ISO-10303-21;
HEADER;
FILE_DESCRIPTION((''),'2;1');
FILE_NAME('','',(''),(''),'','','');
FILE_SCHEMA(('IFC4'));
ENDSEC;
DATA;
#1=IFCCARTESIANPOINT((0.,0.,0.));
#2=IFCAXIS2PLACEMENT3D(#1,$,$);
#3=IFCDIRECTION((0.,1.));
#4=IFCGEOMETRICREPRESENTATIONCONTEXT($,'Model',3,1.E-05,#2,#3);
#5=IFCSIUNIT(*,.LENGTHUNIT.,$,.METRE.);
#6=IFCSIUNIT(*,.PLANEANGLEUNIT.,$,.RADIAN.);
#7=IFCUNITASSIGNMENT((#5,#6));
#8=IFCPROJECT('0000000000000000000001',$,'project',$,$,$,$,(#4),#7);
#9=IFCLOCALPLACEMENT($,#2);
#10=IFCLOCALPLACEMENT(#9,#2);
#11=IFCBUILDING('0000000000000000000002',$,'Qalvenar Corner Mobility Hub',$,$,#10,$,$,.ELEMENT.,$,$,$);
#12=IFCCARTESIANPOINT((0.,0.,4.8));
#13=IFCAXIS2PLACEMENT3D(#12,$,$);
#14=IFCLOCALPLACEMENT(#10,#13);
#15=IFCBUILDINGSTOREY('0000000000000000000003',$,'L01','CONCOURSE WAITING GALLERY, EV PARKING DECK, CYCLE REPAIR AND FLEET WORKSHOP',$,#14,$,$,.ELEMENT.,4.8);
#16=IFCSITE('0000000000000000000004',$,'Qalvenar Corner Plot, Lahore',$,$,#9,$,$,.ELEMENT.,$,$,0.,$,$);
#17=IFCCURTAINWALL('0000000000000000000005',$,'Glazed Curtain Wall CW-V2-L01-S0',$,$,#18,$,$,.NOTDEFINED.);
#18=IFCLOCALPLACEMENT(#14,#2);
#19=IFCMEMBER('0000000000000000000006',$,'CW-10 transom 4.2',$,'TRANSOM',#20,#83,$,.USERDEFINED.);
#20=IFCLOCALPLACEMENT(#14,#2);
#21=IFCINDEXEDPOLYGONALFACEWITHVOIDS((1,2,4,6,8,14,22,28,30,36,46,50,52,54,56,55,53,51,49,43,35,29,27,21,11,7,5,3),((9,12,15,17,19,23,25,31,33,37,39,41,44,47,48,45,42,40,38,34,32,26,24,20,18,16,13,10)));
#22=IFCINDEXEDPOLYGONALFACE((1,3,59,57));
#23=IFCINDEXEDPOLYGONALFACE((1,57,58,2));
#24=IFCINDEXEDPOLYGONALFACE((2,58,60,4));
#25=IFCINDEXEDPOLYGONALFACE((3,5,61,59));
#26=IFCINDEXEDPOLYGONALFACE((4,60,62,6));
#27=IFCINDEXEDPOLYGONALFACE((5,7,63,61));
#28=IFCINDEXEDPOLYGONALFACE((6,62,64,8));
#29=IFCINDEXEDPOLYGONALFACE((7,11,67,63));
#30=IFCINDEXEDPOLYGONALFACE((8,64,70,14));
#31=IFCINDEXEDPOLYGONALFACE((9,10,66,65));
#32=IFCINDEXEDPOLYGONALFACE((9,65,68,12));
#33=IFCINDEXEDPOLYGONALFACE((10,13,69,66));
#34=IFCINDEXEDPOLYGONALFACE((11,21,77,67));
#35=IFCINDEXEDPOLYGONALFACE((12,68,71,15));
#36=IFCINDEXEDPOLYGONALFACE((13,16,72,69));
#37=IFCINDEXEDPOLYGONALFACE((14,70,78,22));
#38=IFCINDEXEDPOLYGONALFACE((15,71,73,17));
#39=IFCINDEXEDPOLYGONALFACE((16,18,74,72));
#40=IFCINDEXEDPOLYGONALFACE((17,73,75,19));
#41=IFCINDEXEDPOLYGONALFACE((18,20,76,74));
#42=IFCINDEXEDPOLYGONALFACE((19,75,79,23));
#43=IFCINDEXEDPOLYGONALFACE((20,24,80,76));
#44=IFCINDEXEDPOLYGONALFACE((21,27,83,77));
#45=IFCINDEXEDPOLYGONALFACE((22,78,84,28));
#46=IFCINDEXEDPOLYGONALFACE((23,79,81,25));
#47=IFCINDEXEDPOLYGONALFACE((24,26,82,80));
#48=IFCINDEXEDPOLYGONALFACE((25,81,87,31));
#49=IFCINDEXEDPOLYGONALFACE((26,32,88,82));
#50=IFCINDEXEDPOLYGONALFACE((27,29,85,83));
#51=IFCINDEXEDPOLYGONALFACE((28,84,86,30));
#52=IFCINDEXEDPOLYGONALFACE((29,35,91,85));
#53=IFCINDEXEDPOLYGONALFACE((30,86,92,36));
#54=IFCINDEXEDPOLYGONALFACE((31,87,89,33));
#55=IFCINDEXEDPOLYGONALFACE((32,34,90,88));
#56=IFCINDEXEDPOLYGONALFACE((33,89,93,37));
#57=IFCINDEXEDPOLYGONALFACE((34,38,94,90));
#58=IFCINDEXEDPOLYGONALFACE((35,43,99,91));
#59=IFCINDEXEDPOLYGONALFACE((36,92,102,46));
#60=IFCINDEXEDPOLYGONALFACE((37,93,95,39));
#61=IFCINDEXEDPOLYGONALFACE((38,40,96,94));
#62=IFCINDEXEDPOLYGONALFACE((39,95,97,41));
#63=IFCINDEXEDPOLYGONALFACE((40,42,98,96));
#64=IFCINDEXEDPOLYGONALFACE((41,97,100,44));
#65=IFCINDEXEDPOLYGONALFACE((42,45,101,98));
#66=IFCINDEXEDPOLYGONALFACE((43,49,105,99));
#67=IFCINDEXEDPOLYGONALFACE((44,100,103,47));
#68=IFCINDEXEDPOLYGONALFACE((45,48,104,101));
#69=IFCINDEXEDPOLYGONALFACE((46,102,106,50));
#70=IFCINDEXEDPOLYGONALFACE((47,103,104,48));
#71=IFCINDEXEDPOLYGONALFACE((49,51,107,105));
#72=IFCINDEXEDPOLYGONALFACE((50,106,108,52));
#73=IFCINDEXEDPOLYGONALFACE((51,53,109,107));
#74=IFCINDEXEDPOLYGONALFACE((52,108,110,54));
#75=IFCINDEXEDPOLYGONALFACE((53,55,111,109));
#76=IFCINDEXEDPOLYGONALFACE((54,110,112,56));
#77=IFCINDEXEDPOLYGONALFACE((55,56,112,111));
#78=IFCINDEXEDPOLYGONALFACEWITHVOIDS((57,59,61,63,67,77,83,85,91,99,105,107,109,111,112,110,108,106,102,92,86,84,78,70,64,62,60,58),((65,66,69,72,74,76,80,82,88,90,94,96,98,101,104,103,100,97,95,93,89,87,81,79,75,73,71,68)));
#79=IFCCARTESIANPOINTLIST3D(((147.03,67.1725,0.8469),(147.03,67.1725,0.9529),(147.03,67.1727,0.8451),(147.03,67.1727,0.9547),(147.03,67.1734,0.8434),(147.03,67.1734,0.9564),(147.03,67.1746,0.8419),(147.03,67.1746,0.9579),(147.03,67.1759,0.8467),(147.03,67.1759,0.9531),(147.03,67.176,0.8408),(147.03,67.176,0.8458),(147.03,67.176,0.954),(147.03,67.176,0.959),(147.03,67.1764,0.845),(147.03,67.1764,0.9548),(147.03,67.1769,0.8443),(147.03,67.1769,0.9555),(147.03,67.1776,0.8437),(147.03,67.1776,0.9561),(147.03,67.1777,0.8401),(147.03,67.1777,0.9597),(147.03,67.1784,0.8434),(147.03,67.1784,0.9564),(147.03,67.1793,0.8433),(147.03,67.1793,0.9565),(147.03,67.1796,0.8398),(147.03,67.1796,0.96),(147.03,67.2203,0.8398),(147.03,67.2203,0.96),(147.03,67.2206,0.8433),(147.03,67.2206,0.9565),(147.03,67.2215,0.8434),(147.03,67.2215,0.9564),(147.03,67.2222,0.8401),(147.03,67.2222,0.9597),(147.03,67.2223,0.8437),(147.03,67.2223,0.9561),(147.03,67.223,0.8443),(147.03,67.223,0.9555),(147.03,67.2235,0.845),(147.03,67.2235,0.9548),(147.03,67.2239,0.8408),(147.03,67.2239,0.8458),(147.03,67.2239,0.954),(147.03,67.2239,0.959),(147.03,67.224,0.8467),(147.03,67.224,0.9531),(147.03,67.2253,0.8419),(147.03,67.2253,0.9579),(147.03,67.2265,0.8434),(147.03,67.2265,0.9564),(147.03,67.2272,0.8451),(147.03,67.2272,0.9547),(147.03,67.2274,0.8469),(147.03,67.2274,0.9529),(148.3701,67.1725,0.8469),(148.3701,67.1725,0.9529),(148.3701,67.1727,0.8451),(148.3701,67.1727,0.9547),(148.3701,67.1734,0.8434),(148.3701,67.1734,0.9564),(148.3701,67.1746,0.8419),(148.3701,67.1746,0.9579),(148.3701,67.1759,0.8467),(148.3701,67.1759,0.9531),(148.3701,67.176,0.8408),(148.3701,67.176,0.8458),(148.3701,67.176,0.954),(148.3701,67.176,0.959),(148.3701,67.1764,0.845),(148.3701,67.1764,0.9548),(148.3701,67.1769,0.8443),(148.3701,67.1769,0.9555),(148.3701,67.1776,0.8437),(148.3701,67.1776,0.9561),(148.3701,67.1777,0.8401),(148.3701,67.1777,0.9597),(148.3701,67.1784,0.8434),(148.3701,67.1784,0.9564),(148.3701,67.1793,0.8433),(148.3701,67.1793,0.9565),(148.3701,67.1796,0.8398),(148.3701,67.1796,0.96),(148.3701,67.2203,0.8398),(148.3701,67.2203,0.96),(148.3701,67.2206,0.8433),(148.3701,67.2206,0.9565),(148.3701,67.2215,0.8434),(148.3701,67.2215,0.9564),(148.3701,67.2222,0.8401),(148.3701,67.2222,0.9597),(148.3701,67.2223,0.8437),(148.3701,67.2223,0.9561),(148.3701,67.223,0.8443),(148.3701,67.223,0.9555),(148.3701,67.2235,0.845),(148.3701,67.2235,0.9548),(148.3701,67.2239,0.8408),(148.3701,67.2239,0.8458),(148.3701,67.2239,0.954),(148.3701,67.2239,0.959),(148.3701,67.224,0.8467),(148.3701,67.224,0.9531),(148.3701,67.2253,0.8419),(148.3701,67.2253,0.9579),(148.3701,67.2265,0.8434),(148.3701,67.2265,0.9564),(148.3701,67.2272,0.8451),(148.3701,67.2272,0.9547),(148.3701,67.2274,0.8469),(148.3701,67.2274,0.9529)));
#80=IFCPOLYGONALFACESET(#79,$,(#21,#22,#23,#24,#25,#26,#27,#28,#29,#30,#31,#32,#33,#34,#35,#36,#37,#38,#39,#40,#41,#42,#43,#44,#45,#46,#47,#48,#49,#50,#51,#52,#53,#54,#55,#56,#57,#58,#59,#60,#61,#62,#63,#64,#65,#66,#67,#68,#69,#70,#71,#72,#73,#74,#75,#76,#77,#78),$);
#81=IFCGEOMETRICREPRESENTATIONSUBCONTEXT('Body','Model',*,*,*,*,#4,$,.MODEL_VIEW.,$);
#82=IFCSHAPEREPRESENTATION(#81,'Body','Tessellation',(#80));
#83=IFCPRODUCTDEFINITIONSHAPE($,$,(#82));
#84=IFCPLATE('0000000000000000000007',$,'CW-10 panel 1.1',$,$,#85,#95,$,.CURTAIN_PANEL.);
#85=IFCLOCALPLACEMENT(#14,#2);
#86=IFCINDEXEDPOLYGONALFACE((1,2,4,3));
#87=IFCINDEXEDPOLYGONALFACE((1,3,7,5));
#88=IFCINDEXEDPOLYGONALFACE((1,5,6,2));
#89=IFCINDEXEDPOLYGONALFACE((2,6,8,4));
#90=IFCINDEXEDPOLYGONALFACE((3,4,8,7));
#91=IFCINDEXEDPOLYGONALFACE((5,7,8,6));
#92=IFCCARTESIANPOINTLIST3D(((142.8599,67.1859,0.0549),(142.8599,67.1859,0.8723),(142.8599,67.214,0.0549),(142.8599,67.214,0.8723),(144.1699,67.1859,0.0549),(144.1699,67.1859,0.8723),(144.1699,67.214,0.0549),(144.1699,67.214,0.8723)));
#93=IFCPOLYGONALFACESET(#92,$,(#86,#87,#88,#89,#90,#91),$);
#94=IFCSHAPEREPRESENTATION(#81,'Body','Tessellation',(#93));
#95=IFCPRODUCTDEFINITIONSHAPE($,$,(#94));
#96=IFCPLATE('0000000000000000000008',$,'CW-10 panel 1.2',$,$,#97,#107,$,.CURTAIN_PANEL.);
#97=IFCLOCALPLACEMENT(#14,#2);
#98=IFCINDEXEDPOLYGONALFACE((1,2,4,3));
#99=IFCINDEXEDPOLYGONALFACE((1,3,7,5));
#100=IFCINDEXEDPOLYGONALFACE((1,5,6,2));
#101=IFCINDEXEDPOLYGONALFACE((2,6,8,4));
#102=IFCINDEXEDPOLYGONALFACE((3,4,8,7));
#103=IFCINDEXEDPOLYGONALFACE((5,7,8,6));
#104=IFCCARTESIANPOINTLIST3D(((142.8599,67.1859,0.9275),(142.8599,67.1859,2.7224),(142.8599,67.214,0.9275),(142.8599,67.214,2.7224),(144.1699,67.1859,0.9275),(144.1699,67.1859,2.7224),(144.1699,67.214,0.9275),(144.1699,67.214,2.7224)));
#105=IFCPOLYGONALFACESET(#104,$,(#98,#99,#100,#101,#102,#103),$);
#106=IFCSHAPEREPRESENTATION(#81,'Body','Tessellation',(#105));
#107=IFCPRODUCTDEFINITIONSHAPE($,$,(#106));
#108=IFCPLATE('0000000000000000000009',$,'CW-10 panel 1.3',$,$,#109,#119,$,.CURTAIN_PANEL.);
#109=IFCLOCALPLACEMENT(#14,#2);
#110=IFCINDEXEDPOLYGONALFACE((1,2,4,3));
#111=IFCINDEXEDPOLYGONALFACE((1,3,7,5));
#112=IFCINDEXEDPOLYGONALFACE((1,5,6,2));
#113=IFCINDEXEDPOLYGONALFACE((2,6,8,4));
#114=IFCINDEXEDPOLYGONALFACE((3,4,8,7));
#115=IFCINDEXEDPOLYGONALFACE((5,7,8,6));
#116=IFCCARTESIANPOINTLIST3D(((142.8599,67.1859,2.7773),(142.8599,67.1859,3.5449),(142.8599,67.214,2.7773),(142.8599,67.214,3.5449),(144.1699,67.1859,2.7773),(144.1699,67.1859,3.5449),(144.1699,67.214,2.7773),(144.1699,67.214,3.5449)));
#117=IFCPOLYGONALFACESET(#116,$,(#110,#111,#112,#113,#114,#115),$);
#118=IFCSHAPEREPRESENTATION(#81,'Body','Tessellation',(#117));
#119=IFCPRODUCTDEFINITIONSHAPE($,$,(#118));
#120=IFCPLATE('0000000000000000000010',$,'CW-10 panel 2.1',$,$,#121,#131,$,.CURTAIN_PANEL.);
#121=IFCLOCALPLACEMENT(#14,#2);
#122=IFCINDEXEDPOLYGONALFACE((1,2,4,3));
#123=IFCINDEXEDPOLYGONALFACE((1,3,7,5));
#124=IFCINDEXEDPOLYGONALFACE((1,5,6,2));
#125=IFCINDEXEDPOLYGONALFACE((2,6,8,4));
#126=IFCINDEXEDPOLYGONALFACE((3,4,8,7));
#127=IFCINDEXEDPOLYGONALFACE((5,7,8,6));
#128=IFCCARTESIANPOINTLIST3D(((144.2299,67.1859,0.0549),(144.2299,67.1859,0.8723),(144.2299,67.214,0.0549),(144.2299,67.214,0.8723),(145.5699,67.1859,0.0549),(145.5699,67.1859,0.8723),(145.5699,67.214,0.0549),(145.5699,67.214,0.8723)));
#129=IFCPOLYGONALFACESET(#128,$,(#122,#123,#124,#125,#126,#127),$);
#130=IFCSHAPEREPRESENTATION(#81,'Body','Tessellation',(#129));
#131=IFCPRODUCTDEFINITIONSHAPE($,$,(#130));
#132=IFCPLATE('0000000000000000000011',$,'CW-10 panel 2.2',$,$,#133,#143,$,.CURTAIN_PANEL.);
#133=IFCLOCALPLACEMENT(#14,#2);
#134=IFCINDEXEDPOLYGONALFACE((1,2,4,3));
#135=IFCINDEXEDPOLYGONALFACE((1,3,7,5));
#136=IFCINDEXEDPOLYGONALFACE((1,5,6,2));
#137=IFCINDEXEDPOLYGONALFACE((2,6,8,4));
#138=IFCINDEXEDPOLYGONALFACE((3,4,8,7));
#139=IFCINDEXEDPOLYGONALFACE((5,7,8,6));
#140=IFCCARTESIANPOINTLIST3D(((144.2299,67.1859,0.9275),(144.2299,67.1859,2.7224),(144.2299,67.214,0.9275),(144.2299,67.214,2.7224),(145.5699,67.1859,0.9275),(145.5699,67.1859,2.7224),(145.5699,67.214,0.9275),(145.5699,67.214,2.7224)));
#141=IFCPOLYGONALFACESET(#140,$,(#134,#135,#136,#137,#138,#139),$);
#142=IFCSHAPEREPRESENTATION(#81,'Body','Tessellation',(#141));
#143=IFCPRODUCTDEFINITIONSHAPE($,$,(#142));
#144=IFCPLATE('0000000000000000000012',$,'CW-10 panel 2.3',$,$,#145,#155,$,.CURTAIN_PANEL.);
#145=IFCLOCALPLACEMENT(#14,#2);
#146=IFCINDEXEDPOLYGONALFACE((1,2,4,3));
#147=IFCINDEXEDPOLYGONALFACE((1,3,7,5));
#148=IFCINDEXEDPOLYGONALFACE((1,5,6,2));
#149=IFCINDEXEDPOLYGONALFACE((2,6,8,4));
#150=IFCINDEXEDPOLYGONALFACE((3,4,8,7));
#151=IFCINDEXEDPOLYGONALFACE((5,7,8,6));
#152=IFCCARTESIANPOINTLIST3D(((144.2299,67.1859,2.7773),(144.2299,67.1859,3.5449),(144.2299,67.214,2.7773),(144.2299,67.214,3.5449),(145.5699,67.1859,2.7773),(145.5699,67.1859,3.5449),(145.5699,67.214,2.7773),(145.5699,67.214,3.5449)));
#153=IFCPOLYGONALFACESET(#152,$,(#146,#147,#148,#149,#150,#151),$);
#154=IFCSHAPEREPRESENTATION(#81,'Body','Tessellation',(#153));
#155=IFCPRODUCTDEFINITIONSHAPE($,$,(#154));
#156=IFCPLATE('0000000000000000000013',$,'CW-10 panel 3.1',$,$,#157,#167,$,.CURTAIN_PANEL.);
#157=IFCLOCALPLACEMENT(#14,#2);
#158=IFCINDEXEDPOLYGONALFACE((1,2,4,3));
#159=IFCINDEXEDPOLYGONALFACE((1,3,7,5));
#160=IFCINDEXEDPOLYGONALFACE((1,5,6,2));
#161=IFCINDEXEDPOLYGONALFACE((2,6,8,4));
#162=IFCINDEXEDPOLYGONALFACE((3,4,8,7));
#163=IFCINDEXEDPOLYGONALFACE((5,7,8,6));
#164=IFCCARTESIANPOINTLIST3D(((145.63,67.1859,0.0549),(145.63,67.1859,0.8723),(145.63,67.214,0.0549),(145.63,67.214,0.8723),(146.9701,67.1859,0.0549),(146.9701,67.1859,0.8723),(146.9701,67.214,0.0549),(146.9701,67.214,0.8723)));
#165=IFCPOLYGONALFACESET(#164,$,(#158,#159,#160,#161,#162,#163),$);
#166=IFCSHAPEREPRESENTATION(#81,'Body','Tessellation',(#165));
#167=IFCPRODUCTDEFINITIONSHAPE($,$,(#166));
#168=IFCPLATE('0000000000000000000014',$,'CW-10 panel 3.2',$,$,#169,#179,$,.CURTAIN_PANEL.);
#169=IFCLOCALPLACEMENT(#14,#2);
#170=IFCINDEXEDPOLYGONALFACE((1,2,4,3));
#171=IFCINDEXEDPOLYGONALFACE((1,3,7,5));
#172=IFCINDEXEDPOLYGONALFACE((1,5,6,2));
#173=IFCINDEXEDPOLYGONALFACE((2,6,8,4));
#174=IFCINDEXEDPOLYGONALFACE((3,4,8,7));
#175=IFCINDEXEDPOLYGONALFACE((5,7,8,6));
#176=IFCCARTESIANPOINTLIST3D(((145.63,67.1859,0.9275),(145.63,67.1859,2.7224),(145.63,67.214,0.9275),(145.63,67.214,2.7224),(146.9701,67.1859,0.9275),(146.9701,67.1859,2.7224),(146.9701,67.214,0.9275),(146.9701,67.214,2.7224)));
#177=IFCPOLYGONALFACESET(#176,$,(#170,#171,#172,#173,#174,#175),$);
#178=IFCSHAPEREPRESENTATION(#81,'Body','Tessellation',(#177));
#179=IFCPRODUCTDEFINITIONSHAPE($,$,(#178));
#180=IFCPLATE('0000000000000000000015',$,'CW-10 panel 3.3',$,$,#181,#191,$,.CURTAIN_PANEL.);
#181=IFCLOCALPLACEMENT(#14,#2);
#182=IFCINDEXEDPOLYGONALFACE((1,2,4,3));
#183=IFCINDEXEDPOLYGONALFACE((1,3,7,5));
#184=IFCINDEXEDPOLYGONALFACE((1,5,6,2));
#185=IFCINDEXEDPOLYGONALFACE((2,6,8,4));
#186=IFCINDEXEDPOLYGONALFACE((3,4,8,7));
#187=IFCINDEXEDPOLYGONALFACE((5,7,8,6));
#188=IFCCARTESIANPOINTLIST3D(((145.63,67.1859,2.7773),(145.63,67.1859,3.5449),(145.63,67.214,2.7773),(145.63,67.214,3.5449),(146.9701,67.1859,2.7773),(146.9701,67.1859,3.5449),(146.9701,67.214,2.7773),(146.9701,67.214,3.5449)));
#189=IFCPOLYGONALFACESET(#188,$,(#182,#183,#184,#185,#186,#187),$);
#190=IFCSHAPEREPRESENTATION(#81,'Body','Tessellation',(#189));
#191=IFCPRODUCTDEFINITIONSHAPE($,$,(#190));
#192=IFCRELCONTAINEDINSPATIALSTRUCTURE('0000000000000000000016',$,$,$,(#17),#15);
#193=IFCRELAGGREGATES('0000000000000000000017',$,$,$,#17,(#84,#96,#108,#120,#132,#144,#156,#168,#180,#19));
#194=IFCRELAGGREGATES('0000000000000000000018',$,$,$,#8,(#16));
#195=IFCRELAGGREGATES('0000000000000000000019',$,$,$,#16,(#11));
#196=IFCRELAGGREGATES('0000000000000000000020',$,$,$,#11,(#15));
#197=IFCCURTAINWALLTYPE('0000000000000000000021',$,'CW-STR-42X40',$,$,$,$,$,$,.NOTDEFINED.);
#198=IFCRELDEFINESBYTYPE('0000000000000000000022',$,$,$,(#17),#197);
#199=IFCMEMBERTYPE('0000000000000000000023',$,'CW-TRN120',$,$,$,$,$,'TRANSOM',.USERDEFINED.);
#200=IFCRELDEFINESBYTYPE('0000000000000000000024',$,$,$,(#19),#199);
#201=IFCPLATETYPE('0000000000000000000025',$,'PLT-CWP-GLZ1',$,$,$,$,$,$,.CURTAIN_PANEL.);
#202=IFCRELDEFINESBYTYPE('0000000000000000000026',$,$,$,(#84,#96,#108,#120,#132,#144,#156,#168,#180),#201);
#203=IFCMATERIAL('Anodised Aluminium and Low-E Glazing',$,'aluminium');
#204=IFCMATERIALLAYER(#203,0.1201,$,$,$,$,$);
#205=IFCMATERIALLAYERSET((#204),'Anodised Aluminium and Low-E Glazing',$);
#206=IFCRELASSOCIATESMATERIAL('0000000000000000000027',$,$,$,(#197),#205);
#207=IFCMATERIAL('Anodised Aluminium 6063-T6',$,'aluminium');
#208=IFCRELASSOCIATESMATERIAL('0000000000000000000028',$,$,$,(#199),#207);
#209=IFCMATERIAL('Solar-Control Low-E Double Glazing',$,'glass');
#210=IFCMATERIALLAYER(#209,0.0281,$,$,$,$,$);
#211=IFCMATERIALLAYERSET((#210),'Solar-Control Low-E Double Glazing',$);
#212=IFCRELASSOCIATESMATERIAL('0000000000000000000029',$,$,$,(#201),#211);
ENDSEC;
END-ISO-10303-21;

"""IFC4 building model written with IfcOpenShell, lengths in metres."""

from ifc_helpers import new_model, si_unit, direction, frame, origin, origin_2d, place, context, subcontext, project, spatial, rectangle, hollow_rectangle, extrude, material, layer, layer_set, material_profile, profile_set, type_object, element, aggregate, save


model = new_model("IFC4")

# Units and contexts
model_context = context("Model", 3, precision=1e-05, world=origin(), true_north=direction((0.0, 1.0)))
body_context = subcontext(model_context, "Body", "Model", "MODEL_VIEW")
ifc_project = project(units=[si_unit("LENGTHUNIT", "METRE"), si_unit("PLANEANGLEUNIT", "RADIAN")], contexts=[model_context])

# Site, building, storey
site_placement = place(None, origin())
site = spatial("IfcSite", under=ifc_project, at=site_placement, Name="Qalvenar Corner Plot, Lahore", CompositionType="ELEMENT", RefElevation=0.0)
building_placement = place(site_placement, origin())
building = spatial("IfcBuilding", under=site, at=building_placement, Name="Qalvenar Corner Mobility Hub", CompositionType="ELEMENT")
storey_placement = place(building_placement, frame((0.0, 0.0, 4.8)))
storey = spatial("IfcBuildingStorey", under=building, at=storey_placement, Name="L01", Description="CONCOURSE WAITING GALLERY, EV PARKING DECK, CYCLE REPAIR AND FLEET WORKSHOP", CompositionType="ELEMENT", Elevation=4.8)

# Curtain wall, member, plates
ifc_material_1 = material(Name="Anodised Aluminium and Low-E Glazing", Category="aluminium")
ifc_layer_1 = layer(ifc_material_1, 0.1201)
ifc_layer_set_1 = layer_set([ifc_layer_1], Name="Anodised Aluminium and Low-E Glazing")
curtain_wall_type = type_object("IfcCurtainWallType", Name="CW-STR-42X40", PredefinedType="NOTDEFINED", material=ifc_layer_set_1)
curtain_wall_placement = place(storey_placement, origin())
curtain_wall = element("IfcCurtainWall", 1, at=curtain_wall_placement, inside=storey, type_object=curtain_wall_type, Name="Glazed Curtain Wall CW-V2-L01-S0", PredefinedType="NOTDEFINED")
ifc_material_2 = material(Name="Anodised Aluminium 6063-T6", Category="aluminium")
ifc_material_profile_1 = material_profile(ifc_material_2, hollow_rectangle(XDim=0.0549, YDim=0.1201, WallThickness=0.0034, InnerFilletRadius=0.0034, OuterFilletRadius=0.0071, at=origin_2d()), Name="RHS120x55x3.5")
ifc_profile_set_1 = profile_set([ifc_material_profile_1], Name="Anodised Aluminium 6063-T6")
member_type_1 = type_object("IfcMemberType", Name="CW-TRN120", ElementType="TRANSOM", PredefinedType="USERDEFINED", material=ifc_profile_set_1)
member_1_placement = place(storey_placement, frame((147.03, 67.2, 0.8999), z_axis=(1.0, 0.0, 0.0), x_axis=(0.0, 1.0, 0.0)))
member_1 = element("IfcMember", 2, at=member_1_placement, type_object=member_type_1, Name="CW-10 transom 4.2", ObjectType="TRANSOM", PredefinedType="USERDEFINED", context=body_context, shape_type="SweptSolid", body=[
    extrude(hollow_rectangle(XDim=0.0549, YDim=0.1201, WallThickness=0.0034, InnerFilletRadius=0.0034, OuterFilletRadius=0.0071, at=origin_2d()), origin(), (0.0, 0.0, 1.0), 1.3401),
])
ifc_material_3 = material(Name="Solar-Control Low-E Double Glazing", Category="glass")
ifc_layer_2 = layer(ifc_material_3, 0.0281)
ifc_layer_set_2 = layer_set([ifc_layer_2], Name="Solar-Control Low-E Double Glazing")
plate_type = type_object("IfcPlateType", Name="PLT-CWP-GLZ1", PredefinedType="CURTAIN_PANEL", material=ifc_layer_set_2)
plate_1_placement = place(storey_placement, frame((143.5149, 67.2, 0.0549), z_axis=(0.0, 0.0, 1.0), x_axis=(1.0, 0.0, 0.0)))
plate_1 = element("IfcPlate", 3, at=plate_1_placement, type_object=plate_type, Name="CW-10 panel 1.1", PredefinedType="CURTAIN_PANEL", context=body_context, shape_type="SweptSolid", body=[
    extrude(rectangle(XDim=1.3101, YDim=0.0281, at=origin_2d()), origin(), (0.0, 0.0, 1.0), 0.8174),
])
plate_2_placement = place(storey_placement, frame((143.5149, 67.2, 0.9275), z_axis=(0.0, 0.0, 1.0), x_axis=(1.0, 0.0, 0.0)))
plate_2 = element("IfcPlate", 4, at=plate_2_placement, type_object=plate_type, Name="CW-10 panel 1.2", PredefinedType="CURTAIN_PANEL", context=body_context, shape_type="SweptSolid", body=[
    extrude(rectangle(XDim=1.3101, YDim=0.0281, at=origin_2d()), origin(), (0.0, 0.0, 1.0), 1.7949),
])
plate_3_placement = place(storey_placement, frame((143.5149, 67.2, 2.7773), z_axis=(0.0, 0.0, 1.0), x_axis=(1.0, 0.0, 0.0)))
plate_3 = element("IfcPlate", 5, at=plate_3_placement, type_object=plate_type, Name="CW-10 panel 1.3", PredefinedType="CURTAIN_PANEL", context=body_context, shape_type="SweptSolid", body=[
    extrude(rectangle(XDim=1.3101, YDim=0.0281, at=origin_2d()), origin(), (0.0, 0.0, 1.0), 0.7676),
])
plate_4_placement = place(storey_placement, frame((144.8999, 67.2, 0.0549), z_axis=(0.0, 0.0, 1.0), x_axis=(1.0, 0.0, 0.0)))
plate_4 = element("IfcPlate", 6, at=plate_4_placement, type_object=plate_type, Name="CW-10 panel 2.1", PredefinedType="CURTAIN_PANEL", context=body_context, shape_type="SweptSolid", body=[
    extrude(rectangle(XDim=1.3401, YDim=0.0281, at=origin_2d()), origin(), (0.0, 0.0, 1.0), 0.8174),
])
plate_5_placement = place(storey_placement, frame((144.8999, 67.2, 0.9275), z_axis=(0.0, 0.0, 1.0), x_axis=(1.0, 0.0, 0.0)))
plate_5 = element("IfcPlate", 7, at=plate_5_placement, type_object=plate_type, Name="CW-10 panel 2.2", PredefinedType="CURTAIN_PANEL", context=body_context, shape_type="SweptSolid", body=[
    extrude(rectangle(XDim=1.3401, YDim=0.0281, at=origin_2d()), origin(), (0.0, 0.0, 1.0), 1.7949),
])
plate_6_placement = place(storey_placement, frame((144.8999, 67.2, 2.7773), z_axis=(0.0, 0.0, 1.0), x_axis=(1.0, 0.0, 0.0)))
plate_6 = element("IfcPlate", 8, at=plate_6_placement, type_object=plate_type, Name="CW-10 panel 2.3", PredefinedType="CURTAIN_PANEL", context=body_context, shape_type="SweptSolid", body=[
    extrude(rectangle(XDim=1.3401, YDim=0.0281, at=origin_2d()), origin(), (0.0, 0.0, 1.0), 0.7676),
])
plate_7_placement = place(storey_placement, frame((146.3, 67.2, 0.0549), z_axis=(0.0, 0.0, 1.0), x_axis=(1.0, 0.0, 0.0)))
plate_7 = element("IfcPlate", 9, at=plate_7_placement, type_object=plate_type, Name="CW-10 panel 3.1", PredefinedType="CURTAIN_PANEL", context=body_context, shape_type="SweptSolid", body=[
    extrude(rectangle(XDim=1.3401, YDim=0.0281, at=origin_2d()), origin(), (0.0, 0.0, 1.0), 0.8174),
])
plate_8_placement = place(storey_placement, frame((146.3, 67.2, 0.9275), z_axis=(0.0, 0.0, 1.0), x_axis=(1.0, 0.0, 0.0)))
plate_8 = element("IfcPlate", 10, at=plate_8_placement, type_object=plate_type, Name="CW-10 panel 3.2", PredefinedType="CURTAIN_PANEL", context=body_context, shape_type="SweptSolid", body=[
    extrude(rectangle(XDim=1.3401, YDim=0.0281, at=origin_2d()), origin(), (0.0, 0.0, 1.0), 1.7949),
])
plate_9_placement = place(storey_placement, frame((146.3, 67.2, 2.7773), z_axis=(0.0, 0.0, 1.0), x_axis=(1.0, 0.0, 0.0)))
plate_9 = element("IfcPlate", 11, at=plate_9_placement, type_object=plate_type, Name="CW-10 panel 3.3", PredefinedType="CURTAIN_PANEL", context=body_context, shape_type="SweptSolid", body=[
    extrude(rectangle(XDim=1.3401, YDim=0.0281, at=origin_2d()), origin(), (0.0, 0.0, 1.0), 0.7676),
])
aggregate(curtain_wall, [plate_1, plate_2, plate_3, plate_4, plate_5, plate_6, plate_7, plate_8, plate_9, member_1])

save(model, "model.ifc")
